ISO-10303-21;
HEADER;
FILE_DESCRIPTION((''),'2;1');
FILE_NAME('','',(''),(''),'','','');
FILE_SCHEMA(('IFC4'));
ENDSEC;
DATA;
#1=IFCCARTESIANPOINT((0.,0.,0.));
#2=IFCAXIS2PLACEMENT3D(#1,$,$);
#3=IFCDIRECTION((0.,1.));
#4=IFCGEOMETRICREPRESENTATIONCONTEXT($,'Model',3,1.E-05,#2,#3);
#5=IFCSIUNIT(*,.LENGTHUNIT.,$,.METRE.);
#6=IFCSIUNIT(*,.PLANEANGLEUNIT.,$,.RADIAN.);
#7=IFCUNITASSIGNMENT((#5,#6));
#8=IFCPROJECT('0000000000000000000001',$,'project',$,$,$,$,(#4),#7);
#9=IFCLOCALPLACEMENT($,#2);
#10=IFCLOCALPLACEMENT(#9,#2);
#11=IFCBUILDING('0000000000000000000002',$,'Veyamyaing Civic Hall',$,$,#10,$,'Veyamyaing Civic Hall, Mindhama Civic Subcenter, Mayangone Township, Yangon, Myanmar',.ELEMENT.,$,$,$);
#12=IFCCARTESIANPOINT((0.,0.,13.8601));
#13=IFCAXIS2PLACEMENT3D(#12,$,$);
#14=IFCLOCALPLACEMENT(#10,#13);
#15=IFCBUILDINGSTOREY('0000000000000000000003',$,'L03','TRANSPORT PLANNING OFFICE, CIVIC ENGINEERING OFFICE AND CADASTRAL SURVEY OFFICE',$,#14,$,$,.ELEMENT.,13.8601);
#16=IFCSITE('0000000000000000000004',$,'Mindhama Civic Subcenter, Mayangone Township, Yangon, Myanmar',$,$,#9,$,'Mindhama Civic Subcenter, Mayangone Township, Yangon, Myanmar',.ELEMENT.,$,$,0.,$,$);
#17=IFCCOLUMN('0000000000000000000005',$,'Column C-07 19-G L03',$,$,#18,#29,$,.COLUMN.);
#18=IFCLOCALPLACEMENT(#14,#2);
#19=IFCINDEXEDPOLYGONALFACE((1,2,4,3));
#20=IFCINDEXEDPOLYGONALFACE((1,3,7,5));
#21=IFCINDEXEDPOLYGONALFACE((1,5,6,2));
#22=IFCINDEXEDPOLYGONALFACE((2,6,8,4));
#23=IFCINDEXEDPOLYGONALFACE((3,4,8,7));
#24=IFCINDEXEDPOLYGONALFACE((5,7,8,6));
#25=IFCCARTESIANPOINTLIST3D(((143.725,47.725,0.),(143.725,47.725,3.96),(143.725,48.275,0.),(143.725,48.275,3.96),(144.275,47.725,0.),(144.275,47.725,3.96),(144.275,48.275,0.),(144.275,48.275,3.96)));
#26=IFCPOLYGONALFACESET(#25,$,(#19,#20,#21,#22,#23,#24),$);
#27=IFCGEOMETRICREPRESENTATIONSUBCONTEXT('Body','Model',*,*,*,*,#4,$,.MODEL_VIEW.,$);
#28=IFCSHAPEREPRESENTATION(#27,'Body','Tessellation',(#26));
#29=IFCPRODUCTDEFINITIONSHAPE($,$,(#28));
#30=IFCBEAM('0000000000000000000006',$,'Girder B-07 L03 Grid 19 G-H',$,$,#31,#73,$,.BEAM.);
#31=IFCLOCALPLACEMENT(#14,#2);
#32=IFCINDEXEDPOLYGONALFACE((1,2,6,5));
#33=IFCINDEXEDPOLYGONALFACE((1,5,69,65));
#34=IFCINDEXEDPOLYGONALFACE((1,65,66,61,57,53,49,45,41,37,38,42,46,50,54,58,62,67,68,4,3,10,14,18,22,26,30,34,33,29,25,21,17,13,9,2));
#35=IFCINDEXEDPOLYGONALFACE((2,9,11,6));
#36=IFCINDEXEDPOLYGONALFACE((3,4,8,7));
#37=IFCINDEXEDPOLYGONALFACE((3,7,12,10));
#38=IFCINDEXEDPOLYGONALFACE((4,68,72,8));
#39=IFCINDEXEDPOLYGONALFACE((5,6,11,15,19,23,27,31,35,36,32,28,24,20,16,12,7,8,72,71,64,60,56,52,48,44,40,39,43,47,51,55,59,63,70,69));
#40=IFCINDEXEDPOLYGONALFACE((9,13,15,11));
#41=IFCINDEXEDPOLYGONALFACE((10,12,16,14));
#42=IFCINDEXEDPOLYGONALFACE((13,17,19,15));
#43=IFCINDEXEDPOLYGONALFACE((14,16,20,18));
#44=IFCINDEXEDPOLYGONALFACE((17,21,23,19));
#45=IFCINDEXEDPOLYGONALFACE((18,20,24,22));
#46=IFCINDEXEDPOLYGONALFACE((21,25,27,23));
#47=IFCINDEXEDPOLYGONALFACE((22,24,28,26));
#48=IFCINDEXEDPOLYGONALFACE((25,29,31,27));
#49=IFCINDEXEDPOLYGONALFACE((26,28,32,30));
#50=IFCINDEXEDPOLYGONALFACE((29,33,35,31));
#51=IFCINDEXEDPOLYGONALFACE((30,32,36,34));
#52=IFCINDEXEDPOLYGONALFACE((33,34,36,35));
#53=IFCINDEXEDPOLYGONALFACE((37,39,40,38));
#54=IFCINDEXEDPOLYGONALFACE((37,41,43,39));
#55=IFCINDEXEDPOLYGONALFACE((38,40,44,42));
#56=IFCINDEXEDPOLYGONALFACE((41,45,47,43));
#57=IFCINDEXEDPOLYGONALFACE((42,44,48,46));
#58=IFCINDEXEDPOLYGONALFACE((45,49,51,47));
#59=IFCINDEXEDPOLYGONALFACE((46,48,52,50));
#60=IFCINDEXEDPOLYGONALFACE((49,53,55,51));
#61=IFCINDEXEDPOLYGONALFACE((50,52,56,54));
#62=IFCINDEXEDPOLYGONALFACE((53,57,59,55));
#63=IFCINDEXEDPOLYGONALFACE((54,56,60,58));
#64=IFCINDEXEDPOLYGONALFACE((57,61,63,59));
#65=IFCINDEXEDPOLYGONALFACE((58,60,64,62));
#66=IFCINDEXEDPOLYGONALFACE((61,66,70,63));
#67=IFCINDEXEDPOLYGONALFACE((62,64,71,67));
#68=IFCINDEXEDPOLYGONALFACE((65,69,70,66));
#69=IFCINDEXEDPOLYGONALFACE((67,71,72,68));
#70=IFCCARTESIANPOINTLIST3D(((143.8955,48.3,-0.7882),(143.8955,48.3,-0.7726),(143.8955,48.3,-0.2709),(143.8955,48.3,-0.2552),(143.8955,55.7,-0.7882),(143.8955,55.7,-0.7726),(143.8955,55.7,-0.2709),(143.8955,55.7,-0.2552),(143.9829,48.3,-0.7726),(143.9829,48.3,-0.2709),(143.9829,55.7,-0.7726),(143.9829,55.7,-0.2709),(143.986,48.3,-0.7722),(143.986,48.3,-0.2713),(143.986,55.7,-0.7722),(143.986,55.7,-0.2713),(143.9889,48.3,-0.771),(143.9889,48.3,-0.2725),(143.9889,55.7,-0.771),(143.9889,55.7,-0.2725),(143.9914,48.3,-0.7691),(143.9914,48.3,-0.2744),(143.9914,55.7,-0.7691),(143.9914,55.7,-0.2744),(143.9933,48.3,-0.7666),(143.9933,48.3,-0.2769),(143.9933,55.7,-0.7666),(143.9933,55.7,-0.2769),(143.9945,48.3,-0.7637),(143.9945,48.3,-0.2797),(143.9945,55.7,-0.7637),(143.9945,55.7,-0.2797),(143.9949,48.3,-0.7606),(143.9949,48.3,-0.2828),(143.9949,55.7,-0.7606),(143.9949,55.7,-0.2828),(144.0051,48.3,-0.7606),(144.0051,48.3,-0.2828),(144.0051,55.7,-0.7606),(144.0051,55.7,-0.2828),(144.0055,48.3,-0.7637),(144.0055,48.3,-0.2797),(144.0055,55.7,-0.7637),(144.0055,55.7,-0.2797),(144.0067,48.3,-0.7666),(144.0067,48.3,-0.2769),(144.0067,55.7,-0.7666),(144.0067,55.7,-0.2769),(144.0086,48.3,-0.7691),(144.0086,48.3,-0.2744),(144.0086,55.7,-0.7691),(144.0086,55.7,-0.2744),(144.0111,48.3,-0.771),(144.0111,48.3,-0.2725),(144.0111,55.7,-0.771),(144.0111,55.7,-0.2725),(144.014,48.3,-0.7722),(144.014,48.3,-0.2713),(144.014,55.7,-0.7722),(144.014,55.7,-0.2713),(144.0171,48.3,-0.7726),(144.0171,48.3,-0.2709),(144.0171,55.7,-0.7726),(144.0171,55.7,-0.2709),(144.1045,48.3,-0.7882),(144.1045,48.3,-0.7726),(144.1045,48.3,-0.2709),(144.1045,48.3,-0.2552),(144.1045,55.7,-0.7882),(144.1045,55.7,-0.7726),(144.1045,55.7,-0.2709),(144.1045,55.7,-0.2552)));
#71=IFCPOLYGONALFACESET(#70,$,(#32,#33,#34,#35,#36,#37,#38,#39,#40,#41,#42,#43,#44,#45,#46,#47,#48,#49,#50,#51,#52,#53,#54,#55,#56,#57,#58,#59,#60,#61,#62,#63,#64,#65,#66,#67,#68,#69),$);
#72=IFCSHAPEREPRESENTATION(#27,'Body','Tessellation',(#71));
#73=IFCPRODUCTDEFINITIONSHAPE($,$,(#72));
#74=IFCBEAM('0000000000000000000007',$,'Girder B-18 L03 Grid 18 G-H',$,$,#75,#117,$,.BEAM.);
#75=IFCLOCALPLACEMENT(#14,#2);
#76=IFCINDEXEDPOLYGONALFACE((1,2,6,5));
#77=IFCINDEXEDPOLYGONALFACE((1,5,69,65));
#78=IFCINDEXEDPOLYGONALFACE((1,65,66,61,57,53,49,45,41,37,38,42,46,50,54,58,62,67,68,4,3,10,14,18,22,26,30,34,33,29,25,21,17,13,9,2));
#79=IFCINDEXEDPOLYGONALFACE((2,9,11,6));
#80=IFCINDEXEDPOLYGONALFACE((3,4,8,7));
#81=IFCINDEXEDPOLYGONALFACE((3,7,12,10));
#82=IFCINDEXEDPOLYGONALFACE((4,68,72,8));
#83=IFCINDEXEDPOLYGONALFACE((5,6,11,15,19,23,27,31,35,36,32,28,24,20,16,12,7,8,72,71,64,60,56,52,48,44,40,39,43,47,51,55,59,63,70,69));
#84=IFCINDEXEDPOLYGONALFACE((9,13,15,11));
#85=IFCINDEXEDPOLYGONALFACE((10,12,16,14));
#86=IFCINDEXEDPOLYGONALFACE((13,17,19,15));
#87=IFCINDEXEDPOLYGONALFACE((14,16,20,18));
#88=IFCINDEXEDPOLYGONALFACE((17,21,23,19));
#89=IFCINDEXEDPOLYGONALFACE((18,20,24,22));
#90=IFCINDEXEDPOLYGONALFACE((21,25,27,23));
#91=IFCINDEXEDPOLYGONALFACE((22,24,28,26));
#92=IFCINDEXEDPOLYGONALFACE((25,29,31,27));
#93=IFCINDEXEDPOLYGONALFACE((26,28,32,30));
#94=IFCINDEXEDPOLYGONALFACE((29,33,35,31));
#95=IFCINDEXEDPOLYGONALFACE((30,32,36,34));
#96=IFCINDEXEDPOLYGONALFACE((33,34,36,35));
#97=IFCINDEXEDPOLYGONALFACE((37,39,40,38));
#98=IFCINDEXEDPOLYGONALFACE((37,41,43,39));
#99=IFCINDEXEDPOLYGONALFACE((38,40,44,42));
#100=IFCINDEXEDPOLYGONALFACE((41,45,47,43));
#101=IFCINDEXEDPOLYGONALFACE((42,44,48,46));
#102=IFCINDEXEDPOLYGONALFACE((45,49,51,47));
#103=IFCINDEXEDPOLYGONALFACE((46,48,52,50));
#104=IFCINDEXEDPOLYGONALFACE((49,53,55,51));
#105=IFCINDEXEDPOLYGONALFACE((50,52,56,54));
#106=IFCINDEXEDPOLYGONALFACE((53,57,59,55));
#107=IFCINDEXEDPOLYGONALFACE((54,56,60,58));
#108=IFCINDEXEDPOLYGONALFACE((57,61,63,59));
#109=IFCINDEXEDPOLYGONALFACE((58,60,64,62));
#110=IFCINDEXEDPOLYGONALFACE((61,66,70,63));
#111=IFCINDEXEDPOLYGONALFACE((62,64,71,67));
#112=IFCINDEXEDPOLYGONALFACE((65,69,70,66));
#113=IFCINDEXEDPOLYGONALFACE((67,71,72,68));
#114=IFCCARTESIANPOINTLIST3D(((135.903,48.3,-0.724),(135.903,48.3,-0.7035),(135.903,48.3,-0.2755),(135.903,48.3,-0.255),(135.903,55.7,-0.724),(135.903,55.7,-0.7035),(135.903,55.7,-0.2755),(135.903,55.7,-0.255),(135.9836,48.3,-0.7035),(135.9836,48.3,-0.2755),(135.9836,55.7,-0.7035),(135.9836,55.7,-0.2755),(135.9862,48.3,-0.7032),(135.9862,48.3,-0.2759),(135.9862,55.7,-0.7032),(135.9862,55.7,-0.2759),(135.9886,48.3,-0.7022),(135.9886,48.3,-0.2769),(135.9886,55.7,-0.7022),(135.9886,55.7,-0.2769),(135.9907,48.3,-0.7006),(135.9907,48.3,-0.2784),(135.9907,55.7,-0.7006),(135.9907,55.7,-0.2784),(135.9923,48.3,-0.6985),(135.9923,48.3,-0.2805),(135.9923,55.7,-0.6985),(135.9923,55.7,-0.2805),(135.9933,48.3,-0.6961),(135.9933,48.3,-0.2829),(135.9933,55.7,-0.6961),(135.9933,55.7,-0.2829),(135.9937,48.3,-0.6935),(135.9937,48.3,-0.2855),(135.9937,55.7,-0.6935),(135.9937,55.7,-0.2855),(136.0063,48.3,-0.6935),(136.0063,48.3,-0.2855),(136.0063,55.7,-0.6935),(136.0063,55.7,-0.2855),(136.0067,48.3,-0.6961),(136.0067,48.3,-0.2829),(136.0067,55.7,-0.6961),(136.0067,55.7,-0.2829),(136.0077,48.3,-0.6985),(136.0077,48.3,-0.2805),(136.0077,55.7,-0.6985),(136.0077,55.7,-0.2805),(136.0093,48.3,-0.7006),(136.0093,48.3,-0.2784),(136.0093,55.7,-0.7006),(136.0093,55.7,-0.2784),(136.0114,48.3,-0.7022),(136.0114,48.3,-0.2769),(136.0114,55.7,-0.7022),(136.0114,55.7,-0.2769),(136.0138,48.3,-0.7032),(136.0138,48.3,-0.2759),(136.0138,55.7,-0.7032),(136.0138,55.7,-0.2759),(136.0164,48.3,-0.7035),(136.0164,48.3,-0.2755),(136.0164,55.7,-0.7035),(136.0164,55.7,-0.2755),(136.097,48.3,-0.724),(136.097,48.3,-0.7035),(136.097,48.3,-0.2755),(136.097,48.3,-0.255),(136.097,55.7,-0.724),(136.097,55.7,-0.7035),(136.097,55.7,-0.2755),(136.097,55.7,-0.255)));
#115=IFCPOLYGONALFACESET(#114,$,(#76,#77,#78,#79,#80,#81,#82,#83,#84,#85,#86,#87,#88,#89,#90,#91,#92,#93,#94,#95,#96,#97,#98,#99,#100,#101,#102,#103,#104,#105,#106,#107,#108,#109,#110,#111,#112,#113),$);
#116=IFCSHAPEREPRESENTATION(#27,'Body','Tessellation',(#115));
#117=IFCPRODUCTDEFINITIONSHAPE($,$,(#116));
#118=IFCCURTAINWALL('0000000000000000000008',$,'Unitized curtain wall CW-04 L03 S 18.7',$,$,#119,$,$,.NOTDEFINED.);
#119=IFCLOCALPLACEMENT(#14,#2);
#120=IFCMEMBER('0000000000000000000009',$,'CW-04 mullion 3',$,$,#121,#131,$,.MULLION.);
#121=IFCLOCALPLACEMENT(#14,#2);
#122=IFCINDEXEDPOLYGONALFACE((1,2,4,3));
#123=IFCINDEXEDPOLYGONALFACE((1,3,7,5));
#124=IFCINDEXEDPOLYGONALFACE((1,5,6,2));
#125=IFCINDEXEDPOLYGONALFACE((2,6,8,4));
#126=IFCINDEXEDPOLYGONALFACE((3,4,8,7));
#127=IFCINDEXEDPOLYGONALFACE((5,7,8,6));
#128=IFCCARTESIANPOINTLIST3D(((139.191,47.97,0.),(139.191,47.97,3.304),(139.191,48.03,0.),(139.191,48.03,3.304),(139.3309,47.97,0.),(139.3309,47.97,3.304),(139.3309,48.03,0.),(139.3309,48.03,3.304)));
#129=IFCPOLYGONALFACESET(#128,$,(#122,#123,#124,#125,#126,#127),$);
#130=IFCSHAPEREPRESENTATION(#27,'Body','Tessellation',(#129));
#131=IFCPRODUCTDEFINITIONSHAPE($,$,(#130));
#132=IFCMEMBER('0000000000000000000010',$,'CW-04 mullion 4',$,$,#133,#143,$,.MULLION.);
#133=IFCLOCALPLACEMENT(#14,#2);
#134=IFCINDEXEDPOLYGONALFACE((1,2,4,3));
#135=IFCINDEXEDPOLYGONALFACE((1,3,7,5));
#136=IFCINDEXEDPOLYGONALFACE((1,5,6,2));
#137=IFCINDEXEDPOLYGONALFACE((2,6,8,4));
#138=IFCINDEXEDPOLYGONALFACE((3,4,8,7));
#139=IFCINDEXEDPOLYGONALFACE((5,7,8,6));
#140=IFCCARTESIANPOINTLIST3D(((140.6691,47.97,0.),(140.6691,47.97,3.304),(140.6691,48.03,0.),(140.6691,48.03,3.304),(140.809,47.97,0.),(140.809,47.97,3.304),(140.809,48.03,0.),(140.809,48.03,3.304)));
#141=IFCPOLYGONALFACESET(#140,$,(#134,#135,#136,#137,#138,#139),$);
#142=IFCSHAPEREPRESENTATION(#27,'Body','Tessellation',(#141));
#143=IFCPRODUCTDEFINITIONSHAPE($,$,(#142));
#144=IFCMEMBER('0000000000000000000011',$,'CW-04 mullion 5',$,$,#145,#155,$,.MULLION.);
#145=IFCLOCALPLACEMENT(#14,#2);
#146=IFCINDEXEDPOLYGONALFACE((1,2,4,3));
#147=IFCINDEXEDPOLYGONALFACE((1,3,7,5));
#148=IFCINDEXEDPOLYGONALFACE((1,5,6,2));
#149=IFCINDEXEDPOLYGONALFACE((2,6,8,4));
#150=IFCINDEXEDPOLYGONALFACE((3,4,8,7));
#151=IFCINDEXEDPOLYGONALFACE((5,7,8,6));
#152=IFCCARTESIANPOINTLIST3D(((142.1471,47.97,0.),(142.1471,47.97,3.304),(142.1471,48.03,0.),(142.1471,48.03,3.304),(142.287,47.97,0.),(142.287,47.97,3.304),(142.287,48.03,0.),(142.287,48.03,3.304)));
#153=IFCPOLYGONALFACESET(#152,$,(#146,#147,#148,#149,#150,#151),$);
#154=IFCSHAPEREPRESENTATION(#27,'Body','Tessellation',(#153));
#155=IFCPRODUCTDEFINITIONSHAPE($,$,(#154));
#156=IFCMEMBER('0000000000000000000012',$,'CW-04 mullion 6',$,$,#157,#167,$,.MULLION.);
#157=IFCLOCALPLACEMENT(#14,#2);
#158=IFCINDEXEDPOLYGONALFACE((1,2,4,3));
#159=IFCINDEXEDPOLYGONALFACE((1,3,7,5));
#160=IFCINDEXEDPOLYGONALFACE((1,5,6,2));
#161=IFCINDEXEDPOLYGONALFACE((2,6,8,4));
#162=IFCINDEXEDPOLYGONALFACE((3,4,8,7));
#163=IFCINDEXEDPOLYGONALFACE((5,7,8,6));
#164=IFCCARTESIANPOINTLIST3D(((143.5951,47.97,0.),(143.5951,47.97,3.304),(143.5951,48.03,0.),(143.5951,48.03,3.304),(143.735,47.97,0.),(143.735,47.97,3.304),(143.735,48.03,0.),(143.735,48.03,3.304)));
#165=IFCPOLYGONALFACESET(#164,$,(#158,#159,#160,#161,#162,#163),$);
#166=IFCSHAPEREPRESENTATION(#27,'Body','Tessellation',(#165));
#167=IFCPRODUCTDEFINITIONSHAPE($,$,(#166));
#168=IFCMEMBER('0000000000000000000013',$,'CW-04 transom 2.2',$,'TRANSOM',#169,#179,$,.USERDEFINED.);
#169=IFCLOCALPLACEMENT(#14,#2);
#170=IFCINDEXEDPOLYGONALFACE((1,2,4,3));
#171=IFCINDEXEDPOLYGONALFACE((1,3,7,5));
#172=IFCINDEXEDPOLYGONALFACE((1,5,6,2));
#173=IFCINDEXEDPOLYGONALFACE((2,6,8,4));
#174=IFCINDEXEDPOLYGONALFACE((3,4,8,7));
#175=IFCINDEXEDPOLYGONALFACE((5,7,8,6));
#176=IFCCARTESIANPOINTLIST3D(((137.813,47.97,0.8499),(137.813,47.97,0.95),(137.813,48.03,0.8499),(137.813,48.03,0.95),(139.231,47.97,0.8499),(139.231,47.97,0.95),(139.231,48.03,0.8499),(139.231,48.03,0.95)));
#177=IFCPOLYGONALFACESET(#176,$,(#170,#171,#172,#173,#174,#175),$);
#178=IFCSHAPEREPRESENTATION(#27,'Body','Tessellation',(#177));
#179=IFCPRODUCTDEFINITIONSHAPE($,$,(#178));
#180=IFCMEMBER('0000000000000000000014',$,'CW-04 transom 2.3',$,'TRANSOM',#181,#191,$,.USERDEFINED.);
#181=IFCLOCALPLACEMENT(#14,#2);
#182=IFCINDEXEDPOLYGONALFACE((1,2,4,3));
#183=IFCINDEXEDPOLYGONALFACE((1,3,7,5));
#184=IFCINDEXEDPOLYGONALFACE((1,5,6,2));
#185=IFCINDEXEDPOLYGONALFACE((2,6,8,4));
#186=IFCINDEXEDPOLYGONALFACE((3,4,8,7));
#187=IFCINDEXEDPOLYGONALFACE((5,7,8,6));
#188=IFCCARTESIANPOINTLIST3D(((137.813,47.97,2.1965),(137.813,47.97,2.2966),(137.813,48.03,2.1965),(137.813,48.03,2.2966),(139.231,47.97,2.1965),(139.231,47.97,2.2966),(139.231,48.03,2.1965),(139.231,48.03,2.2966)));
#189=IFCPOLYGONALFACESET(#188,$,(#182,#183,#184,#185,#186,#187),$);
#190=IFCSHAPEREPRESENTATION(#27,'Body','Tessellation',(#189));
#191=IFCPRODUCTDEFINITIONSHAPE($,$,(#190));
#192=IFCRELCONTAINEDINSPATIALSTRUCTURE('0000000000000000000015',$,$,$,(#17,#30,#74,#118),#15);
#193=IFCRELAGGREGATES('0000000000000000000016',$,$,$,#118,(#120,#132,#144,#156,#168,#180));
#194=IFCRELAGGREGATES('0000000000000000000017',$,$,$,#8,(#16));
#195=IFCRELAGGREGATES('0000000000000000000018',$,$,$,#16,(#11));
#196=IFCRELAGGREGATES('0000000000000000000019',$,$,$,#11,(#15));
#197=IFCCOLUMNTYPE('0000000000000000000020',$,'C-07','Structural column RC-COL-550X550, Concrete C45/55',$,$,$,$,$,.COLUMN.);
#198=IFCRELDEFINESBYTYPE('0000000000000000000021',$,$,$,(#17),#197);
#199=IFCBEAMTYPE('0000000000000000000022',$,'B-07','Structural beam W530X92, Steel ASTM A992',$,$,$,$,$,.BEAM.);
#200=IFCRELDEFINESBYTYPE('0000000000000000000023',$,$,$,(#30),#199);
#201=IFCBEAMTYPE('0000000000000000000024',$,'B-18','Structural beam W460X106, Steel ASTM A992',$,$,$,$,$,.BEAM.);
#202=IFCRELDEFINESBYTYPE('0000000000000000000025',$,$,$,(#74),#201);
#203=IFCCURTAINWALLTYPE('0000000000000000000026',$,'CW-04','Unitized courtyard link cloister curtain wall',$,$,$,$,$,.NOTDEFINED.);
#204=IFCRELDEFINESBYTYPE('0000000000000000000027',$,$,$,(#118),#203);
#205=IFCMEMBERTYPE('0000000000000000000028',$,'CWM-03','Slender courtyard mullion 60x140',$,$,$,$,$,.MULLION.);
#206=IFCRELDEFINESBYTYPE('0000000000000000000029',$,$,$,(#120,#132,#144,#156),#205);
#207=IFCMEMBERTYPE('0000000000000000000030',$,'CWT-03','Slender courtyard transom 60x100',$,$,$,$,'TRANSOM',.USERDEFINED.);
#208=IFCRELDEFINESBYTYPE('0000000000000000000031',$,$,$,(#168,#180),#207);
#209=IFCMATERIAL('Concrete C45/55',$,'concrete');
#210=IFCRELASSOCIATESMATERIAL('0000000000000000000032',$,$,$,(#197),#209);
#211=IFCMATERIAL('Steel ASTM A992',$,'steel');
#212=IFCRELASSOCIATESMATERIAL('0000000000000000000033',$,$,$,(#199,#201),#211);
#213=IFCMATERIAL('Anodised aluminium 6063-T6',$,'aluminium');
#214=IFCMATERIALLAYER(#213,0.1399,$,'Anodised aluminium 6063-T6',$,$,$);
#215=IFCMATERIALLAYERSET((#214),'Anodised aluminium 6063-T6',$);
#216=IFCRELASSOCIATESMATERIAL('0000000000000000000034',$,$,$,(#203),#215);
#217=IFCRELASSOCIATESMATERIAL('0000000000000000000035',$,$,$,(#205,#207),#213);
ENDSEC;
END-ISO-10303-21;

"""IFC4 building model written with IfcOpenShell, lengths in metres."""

from ifc_helpers import new_model, si_unit, direction, frame, origin, origin_2d, place, context, subcontext, project, spatial, rectangle, i_section, extrude, material, layer, layer_set, material_profile, profile_set, type_object, element, aggregate, save


model = new_model("IFC4")

# Units and contexts
model_context = context("Model", 3, precision=1e-05, world=origin(), true_north=direction((0.0, 1.0)))
body_context = subcontext(model_context, "Body", "Model", "MODEL_VIEW")
ifc_project = project(units=[si_unit("LENGTHUNIT", "METRE"), si_unit("PLANEANGLEUNIT", "RADIAN")], contexts=[model_context])

# Site, building, storey
site_placement = place(None, origin())
site = spatial("IfcSite", under=ifc_project, at=site_placement, Name="Mindhama Civic Subcenter, Mayangone Township, Yangon, Myanmar", LongName="Mindhama Civic Subcenter, Mayangone Township, Yangon, Myanmar", CompositionType="ELEMENT", RefElevation=0.0)
building_placement = place(site_placement, origin())
building = spatial("IfcBuilding", under=site, at=building_placement, Name="Veyamyaing Civic Hall", LongName="Veyamyaing Civic Hall, Mindhama Civic Subcenter, Mayangone Township, Yangon, Myanmar", CompositionType="ELEMENT")
storey_placement = place(building_placement, frame((0.0, 0.0, 13.8601)))
storey = spatial("IfcBuildingStorey", under=building, at=storey_placement, Name="L03", Description="TRANSPORT PLANNING OFFICE, CIVIC ENGINEERING OFFICE AND CADASTRAL SURVEY OFFICE", CompositionType="ELEMENT", Elevation=13.8601)

# Column
ifc_material_1 = material(Name="Concrete C45/55", Category="concrete")
ifc_material_profile_1 = material_profile(ifc_material_1, rectangle(XDim=0.55, YDim=0.55, at=origin_2d()), Name="RC-COL-550X550")
ifc_profile_set_1 = profile_set([ifc_material_profile_1], Name="Concrete C45/55")
column_type = type_object("IfcColumnType", Name="C-07", Description="Structural column RC-COL-550X550, Concrete C45/55", PredefinedType="COLUMN", material=ifc_profile_set_1)
column_placement = place(storey_placement, frame((144.0, 48.0, 0.0), z_axis=(0.0, 0.0, 1.0), x_axis=(1.0, 0.0, 0.0)))
element("IfcColumn", 1, at=column_placement, inside=storey, type_object=column_type, Name="Column C-07 19-G L03", PredefinedType="COLUMN", context=body_context, shape_type="SweptSolid", body=[
    extrude(rectangle(XDim=0.55, YDim=0.55, at=origin_2d()), origin(), (0.0, 0.0, 1.0), 3.96),
])

# Beams
ifc_material_2 = material(Name="Steel ASTM A992", Category="steel")
ifc_material_profile_2 = material_profile(ifc_material_2, i_section(OverallWidth=0.209, OverallDepth=0.533, WebThickness=0.0103, FlangeThickness=0.0156, FilletRadius=0.012, at=origin_2d()), Name="W530X92")
ifc_profile_set_2 = profile_set([ifc_material_profile_2], Name="Steel ASTM A992")
beam_type_1 = type_object("IfcBeamType", Name="B-07", Description="Structural beam W530X92, Steel ASTM A992", PredefinedType="BEAM", material=ifc_profile_set_2)
beam_1_placement = place(storey_placement, frame((144.0, 48.3, -0.5217), z_axis=(0.0, 1.0, 0.0), x_axis=(-1.0, 0.0, 0.0)))
element("IfcBeam", 2, at=beam_1_placement, inside=storey, type_object=beam_type_1, Name="Girder B-07 L03 Grid 19 G-H", PredefinedType="BEAM", context=body_context, shape_type="SweptSolid", body=[
    extrude(i_section(OverallWidth=0.209, OverallDepth=0.533, WebThickness=0.0103, FlangeThickness=0.0156, FilletRadius=0.012, at=origin_2d()), origin(), (0.0, 0.0, 1.0), 7.3999),
])
ifc_material_profile_3 = material_profile(ifc_material_2, i_section(OverallWidth=0.1941, OverallDepth=0.469, WebThickness=0.0127, FlangeThickness=0.0205, FilletRadius=0.01, at=origin_2d()), Name="W460X106")
ifc_profile_set_3 = profile_set([ifc_material_profile_3], Name="Steel ASTM A992")
beam_type_2 = type_object("IfcBeamType", Name="B-18", Description="Structural beam W460X106, Steel ASTM A992", PredefinedType="BEAM", material=ifc_profile_set_3)
beam_2_placement = place(storey_placement, frame((136.0, 48.3, -0.4895), z_axis=(0.0, 1.0, 0.0), x_axis=(-1.0, 0.0, 0.0)))
element("IfcBeam", 3, at=beam_2_placement, inside=storey, type_object=beam_type_2, Name="Girder B-18 L03 Grid 18 G-H", PredefinedType="BEAM", context=body_context, shape_type="SweptSolid", body=[
    extrude(i_section(OverallWidth=0.1941, OverallDepth=0.469, WebThickness=0.0127, FlangeThickness=0.0205, FilletRadius=0.01, at=origin_2d()), origin(), (0.0, 0.0, 1.0), 7.3999),
])

# Curtain wall, members
ifc_material_3 = material(Name="Anodised aluminium 6063-T6", Category="aluminium")
ifc_layer_1 = layer(ifc_material_3, 0.1399, Name="Anodised aluminium 6063-T6")
ifc_layer_set_1 = layer_set([ifc_layer_1], Name="Anodised aluminium 6063-T6")
curtain_wall_type = type_object("IfcCurtainWallType", Name="CW-04", Description="Unitized courtyard link cloister curtain wall", PredefinedType="NOTDEFINED", material=ifc_layer_set_1)
curtain_wall_placement = place(storey_placement, origin())
curtain_wall = element("IfcCurtainWall", 4, at=curtain_wall_placement, inside=storey, type_object=curtain_wall_type, Name="Unitized curtain wall CW-04 L03 S 18.7", PredefinedType="NOTDEFINED")
ifc_material_profile_4 = material_profile(ifc_material_3, rectangle(XDim=0.0601, YDim=0.1399, at=origin_2d()), Name="ALU-MUL-60X140")
ifc_profile_set_4 = profile_set([ifc_material_profile_4], Name="Anodised aluminium 6063-T6")
member_type_1 = type_object("IfcMemberType", Name="CWM-03", Description="Slender courtyard mullion 60x140", PredefinedType="MULLION", material=ifc_profile_set_4)
member_1_placement = place(storey_placement, frame((139.261, 48.0, 0.0), z_axis=(0.0, 0.0, 1.0), x_axis=(0.0, 1.0, 0.0)))
member_1 = element("IfcMember", 5, at=member_1_placement, type_object=member_type_1, Name="CW-04 mullion 3", PredefinedType="MULLION", context=body_context, shape_type="SweptSolid", body=[
    extrude(rectangle(XDim=0.0601, YDim=0.1399, at=origin_2d()), origin(), (0.0, 0.0, 1.0), 3.304),
])
member_2_placement = place(storey_placement, frame((140.739, 48.0, 0.0), z_axis=(0.0, 0.0, 1.0), x_axis=(0.0, 1.0, 0.0)))
member_2 = element("IfcMember", 6, at=member_2_placement, type_object=member_type_1, Name="CW-04 mullion 4", PredefinedType="MULLION", context=body_context, shape_type="SweptSolid", body=[
    extrude(rectangle(XDim=0.0601, YDim=0.1399, at=origin_2d()), origin(), (0.0, 0.0, 1.0), 3.304),
])
member_3_placement = place(storey_placement, frame((142.217, 48.0, 0.0), z_axis=(0.0, 0.0, 1.0), x_axis=(0.0, 1.0, 0.0)))
member_3 = element("IfcMember", 7, at=member_3_placement, type_object=member_type_1, Name="CW-04 mullion 5", PredefinedType="MULLION", context=body_context, shape_type="SweptSolid", body=[
    extrude(rectangle(XDim=0.0601, YDim=0.1399, at=origin_2d()), origin(), (0.0, 0.0, 1.0), 3.304),
])
member_4_placement = place(storey_placement, frame((143.665, 48.0, 0.0), z_axis=(0.0, 0.0, 1.0), x_axis=(0.0, 1.0, 0.0)))
member_4 = element("IfcMember", 8, at=member_4_placement, type_object=member_type_1, Name="CW-04 mullion 6", PredefinedType="MULLION", context=body_context, shape_type="SweptSolid", body=[
    extrude(rectangle(XDim=0.0601, YDim=0.1399, at=origin_2d()), origin(), (0.0, 0.0, 1.0), 3.304),
])
ifc_material_profile_5 = material_profile(ifc_material_3, rectangle(XDim=0.0601, YDim=0.1001, at=origin_2d()), Name="ALU-TRN-60X100")
ifc_profile_set_5 = profile_set([ifc_material_profile_5], Name="Anodised aluminium 6063-T6")
member_type_2 = type_object("IfcMemberType", Name="CWT-03", Description="Slender courtyard transom 60x100", ElementType="TRANSOM", PredefinedType="USERDEFINED", material=ifc_profile_set_5)
member_5_placement = place(storey_placement, frame((137.813, 48.0, 0.8999), z_axis=(1.0, 0.0, 0.0), x_axis=(0.0, 1.0, 0.0)))
member_5 = element("IfcMember", 9, at=member_5_placement, type_object=member_type_2, Name="CW-04 transom 2.2", ObjectType="TRANSOM", PredefinedType="USERDEFINED", context=body_context, shape_type="SweptSolid", body=[
    extrude(rectangle(XDim=0.0601, YDim=0.1001, at=origin_2d()), origin(), (0.0, 0.0, 1.0), 1.418),
])
member_6_placement = place(storey_placement, frame((137.813, 48.0, 2.2466), z_axis=(1.0, 0.0, 0.0), x_axis=(0.0, 1.0, 0.0)))
member_6 = element("IfcMember", 10, at=member_6_placement, type_object=member_type_2, Name="CW-04 transom 2.3", ObjectType="TRANSOM", PredefinedType="USERDEFINED", context=body_context, shape_type="SweptSolid", body=[
    extrude(rectangle(XDim=0.0601, YDim=0.1001, at=origin_2d()), origin(), (0.0, 0.0, 1.0), 1.418),
])

aggregate(curtain_wall, [member_1, member_2, member_3, member_4, member_5, member_6])

save(model, "model.ifc")
